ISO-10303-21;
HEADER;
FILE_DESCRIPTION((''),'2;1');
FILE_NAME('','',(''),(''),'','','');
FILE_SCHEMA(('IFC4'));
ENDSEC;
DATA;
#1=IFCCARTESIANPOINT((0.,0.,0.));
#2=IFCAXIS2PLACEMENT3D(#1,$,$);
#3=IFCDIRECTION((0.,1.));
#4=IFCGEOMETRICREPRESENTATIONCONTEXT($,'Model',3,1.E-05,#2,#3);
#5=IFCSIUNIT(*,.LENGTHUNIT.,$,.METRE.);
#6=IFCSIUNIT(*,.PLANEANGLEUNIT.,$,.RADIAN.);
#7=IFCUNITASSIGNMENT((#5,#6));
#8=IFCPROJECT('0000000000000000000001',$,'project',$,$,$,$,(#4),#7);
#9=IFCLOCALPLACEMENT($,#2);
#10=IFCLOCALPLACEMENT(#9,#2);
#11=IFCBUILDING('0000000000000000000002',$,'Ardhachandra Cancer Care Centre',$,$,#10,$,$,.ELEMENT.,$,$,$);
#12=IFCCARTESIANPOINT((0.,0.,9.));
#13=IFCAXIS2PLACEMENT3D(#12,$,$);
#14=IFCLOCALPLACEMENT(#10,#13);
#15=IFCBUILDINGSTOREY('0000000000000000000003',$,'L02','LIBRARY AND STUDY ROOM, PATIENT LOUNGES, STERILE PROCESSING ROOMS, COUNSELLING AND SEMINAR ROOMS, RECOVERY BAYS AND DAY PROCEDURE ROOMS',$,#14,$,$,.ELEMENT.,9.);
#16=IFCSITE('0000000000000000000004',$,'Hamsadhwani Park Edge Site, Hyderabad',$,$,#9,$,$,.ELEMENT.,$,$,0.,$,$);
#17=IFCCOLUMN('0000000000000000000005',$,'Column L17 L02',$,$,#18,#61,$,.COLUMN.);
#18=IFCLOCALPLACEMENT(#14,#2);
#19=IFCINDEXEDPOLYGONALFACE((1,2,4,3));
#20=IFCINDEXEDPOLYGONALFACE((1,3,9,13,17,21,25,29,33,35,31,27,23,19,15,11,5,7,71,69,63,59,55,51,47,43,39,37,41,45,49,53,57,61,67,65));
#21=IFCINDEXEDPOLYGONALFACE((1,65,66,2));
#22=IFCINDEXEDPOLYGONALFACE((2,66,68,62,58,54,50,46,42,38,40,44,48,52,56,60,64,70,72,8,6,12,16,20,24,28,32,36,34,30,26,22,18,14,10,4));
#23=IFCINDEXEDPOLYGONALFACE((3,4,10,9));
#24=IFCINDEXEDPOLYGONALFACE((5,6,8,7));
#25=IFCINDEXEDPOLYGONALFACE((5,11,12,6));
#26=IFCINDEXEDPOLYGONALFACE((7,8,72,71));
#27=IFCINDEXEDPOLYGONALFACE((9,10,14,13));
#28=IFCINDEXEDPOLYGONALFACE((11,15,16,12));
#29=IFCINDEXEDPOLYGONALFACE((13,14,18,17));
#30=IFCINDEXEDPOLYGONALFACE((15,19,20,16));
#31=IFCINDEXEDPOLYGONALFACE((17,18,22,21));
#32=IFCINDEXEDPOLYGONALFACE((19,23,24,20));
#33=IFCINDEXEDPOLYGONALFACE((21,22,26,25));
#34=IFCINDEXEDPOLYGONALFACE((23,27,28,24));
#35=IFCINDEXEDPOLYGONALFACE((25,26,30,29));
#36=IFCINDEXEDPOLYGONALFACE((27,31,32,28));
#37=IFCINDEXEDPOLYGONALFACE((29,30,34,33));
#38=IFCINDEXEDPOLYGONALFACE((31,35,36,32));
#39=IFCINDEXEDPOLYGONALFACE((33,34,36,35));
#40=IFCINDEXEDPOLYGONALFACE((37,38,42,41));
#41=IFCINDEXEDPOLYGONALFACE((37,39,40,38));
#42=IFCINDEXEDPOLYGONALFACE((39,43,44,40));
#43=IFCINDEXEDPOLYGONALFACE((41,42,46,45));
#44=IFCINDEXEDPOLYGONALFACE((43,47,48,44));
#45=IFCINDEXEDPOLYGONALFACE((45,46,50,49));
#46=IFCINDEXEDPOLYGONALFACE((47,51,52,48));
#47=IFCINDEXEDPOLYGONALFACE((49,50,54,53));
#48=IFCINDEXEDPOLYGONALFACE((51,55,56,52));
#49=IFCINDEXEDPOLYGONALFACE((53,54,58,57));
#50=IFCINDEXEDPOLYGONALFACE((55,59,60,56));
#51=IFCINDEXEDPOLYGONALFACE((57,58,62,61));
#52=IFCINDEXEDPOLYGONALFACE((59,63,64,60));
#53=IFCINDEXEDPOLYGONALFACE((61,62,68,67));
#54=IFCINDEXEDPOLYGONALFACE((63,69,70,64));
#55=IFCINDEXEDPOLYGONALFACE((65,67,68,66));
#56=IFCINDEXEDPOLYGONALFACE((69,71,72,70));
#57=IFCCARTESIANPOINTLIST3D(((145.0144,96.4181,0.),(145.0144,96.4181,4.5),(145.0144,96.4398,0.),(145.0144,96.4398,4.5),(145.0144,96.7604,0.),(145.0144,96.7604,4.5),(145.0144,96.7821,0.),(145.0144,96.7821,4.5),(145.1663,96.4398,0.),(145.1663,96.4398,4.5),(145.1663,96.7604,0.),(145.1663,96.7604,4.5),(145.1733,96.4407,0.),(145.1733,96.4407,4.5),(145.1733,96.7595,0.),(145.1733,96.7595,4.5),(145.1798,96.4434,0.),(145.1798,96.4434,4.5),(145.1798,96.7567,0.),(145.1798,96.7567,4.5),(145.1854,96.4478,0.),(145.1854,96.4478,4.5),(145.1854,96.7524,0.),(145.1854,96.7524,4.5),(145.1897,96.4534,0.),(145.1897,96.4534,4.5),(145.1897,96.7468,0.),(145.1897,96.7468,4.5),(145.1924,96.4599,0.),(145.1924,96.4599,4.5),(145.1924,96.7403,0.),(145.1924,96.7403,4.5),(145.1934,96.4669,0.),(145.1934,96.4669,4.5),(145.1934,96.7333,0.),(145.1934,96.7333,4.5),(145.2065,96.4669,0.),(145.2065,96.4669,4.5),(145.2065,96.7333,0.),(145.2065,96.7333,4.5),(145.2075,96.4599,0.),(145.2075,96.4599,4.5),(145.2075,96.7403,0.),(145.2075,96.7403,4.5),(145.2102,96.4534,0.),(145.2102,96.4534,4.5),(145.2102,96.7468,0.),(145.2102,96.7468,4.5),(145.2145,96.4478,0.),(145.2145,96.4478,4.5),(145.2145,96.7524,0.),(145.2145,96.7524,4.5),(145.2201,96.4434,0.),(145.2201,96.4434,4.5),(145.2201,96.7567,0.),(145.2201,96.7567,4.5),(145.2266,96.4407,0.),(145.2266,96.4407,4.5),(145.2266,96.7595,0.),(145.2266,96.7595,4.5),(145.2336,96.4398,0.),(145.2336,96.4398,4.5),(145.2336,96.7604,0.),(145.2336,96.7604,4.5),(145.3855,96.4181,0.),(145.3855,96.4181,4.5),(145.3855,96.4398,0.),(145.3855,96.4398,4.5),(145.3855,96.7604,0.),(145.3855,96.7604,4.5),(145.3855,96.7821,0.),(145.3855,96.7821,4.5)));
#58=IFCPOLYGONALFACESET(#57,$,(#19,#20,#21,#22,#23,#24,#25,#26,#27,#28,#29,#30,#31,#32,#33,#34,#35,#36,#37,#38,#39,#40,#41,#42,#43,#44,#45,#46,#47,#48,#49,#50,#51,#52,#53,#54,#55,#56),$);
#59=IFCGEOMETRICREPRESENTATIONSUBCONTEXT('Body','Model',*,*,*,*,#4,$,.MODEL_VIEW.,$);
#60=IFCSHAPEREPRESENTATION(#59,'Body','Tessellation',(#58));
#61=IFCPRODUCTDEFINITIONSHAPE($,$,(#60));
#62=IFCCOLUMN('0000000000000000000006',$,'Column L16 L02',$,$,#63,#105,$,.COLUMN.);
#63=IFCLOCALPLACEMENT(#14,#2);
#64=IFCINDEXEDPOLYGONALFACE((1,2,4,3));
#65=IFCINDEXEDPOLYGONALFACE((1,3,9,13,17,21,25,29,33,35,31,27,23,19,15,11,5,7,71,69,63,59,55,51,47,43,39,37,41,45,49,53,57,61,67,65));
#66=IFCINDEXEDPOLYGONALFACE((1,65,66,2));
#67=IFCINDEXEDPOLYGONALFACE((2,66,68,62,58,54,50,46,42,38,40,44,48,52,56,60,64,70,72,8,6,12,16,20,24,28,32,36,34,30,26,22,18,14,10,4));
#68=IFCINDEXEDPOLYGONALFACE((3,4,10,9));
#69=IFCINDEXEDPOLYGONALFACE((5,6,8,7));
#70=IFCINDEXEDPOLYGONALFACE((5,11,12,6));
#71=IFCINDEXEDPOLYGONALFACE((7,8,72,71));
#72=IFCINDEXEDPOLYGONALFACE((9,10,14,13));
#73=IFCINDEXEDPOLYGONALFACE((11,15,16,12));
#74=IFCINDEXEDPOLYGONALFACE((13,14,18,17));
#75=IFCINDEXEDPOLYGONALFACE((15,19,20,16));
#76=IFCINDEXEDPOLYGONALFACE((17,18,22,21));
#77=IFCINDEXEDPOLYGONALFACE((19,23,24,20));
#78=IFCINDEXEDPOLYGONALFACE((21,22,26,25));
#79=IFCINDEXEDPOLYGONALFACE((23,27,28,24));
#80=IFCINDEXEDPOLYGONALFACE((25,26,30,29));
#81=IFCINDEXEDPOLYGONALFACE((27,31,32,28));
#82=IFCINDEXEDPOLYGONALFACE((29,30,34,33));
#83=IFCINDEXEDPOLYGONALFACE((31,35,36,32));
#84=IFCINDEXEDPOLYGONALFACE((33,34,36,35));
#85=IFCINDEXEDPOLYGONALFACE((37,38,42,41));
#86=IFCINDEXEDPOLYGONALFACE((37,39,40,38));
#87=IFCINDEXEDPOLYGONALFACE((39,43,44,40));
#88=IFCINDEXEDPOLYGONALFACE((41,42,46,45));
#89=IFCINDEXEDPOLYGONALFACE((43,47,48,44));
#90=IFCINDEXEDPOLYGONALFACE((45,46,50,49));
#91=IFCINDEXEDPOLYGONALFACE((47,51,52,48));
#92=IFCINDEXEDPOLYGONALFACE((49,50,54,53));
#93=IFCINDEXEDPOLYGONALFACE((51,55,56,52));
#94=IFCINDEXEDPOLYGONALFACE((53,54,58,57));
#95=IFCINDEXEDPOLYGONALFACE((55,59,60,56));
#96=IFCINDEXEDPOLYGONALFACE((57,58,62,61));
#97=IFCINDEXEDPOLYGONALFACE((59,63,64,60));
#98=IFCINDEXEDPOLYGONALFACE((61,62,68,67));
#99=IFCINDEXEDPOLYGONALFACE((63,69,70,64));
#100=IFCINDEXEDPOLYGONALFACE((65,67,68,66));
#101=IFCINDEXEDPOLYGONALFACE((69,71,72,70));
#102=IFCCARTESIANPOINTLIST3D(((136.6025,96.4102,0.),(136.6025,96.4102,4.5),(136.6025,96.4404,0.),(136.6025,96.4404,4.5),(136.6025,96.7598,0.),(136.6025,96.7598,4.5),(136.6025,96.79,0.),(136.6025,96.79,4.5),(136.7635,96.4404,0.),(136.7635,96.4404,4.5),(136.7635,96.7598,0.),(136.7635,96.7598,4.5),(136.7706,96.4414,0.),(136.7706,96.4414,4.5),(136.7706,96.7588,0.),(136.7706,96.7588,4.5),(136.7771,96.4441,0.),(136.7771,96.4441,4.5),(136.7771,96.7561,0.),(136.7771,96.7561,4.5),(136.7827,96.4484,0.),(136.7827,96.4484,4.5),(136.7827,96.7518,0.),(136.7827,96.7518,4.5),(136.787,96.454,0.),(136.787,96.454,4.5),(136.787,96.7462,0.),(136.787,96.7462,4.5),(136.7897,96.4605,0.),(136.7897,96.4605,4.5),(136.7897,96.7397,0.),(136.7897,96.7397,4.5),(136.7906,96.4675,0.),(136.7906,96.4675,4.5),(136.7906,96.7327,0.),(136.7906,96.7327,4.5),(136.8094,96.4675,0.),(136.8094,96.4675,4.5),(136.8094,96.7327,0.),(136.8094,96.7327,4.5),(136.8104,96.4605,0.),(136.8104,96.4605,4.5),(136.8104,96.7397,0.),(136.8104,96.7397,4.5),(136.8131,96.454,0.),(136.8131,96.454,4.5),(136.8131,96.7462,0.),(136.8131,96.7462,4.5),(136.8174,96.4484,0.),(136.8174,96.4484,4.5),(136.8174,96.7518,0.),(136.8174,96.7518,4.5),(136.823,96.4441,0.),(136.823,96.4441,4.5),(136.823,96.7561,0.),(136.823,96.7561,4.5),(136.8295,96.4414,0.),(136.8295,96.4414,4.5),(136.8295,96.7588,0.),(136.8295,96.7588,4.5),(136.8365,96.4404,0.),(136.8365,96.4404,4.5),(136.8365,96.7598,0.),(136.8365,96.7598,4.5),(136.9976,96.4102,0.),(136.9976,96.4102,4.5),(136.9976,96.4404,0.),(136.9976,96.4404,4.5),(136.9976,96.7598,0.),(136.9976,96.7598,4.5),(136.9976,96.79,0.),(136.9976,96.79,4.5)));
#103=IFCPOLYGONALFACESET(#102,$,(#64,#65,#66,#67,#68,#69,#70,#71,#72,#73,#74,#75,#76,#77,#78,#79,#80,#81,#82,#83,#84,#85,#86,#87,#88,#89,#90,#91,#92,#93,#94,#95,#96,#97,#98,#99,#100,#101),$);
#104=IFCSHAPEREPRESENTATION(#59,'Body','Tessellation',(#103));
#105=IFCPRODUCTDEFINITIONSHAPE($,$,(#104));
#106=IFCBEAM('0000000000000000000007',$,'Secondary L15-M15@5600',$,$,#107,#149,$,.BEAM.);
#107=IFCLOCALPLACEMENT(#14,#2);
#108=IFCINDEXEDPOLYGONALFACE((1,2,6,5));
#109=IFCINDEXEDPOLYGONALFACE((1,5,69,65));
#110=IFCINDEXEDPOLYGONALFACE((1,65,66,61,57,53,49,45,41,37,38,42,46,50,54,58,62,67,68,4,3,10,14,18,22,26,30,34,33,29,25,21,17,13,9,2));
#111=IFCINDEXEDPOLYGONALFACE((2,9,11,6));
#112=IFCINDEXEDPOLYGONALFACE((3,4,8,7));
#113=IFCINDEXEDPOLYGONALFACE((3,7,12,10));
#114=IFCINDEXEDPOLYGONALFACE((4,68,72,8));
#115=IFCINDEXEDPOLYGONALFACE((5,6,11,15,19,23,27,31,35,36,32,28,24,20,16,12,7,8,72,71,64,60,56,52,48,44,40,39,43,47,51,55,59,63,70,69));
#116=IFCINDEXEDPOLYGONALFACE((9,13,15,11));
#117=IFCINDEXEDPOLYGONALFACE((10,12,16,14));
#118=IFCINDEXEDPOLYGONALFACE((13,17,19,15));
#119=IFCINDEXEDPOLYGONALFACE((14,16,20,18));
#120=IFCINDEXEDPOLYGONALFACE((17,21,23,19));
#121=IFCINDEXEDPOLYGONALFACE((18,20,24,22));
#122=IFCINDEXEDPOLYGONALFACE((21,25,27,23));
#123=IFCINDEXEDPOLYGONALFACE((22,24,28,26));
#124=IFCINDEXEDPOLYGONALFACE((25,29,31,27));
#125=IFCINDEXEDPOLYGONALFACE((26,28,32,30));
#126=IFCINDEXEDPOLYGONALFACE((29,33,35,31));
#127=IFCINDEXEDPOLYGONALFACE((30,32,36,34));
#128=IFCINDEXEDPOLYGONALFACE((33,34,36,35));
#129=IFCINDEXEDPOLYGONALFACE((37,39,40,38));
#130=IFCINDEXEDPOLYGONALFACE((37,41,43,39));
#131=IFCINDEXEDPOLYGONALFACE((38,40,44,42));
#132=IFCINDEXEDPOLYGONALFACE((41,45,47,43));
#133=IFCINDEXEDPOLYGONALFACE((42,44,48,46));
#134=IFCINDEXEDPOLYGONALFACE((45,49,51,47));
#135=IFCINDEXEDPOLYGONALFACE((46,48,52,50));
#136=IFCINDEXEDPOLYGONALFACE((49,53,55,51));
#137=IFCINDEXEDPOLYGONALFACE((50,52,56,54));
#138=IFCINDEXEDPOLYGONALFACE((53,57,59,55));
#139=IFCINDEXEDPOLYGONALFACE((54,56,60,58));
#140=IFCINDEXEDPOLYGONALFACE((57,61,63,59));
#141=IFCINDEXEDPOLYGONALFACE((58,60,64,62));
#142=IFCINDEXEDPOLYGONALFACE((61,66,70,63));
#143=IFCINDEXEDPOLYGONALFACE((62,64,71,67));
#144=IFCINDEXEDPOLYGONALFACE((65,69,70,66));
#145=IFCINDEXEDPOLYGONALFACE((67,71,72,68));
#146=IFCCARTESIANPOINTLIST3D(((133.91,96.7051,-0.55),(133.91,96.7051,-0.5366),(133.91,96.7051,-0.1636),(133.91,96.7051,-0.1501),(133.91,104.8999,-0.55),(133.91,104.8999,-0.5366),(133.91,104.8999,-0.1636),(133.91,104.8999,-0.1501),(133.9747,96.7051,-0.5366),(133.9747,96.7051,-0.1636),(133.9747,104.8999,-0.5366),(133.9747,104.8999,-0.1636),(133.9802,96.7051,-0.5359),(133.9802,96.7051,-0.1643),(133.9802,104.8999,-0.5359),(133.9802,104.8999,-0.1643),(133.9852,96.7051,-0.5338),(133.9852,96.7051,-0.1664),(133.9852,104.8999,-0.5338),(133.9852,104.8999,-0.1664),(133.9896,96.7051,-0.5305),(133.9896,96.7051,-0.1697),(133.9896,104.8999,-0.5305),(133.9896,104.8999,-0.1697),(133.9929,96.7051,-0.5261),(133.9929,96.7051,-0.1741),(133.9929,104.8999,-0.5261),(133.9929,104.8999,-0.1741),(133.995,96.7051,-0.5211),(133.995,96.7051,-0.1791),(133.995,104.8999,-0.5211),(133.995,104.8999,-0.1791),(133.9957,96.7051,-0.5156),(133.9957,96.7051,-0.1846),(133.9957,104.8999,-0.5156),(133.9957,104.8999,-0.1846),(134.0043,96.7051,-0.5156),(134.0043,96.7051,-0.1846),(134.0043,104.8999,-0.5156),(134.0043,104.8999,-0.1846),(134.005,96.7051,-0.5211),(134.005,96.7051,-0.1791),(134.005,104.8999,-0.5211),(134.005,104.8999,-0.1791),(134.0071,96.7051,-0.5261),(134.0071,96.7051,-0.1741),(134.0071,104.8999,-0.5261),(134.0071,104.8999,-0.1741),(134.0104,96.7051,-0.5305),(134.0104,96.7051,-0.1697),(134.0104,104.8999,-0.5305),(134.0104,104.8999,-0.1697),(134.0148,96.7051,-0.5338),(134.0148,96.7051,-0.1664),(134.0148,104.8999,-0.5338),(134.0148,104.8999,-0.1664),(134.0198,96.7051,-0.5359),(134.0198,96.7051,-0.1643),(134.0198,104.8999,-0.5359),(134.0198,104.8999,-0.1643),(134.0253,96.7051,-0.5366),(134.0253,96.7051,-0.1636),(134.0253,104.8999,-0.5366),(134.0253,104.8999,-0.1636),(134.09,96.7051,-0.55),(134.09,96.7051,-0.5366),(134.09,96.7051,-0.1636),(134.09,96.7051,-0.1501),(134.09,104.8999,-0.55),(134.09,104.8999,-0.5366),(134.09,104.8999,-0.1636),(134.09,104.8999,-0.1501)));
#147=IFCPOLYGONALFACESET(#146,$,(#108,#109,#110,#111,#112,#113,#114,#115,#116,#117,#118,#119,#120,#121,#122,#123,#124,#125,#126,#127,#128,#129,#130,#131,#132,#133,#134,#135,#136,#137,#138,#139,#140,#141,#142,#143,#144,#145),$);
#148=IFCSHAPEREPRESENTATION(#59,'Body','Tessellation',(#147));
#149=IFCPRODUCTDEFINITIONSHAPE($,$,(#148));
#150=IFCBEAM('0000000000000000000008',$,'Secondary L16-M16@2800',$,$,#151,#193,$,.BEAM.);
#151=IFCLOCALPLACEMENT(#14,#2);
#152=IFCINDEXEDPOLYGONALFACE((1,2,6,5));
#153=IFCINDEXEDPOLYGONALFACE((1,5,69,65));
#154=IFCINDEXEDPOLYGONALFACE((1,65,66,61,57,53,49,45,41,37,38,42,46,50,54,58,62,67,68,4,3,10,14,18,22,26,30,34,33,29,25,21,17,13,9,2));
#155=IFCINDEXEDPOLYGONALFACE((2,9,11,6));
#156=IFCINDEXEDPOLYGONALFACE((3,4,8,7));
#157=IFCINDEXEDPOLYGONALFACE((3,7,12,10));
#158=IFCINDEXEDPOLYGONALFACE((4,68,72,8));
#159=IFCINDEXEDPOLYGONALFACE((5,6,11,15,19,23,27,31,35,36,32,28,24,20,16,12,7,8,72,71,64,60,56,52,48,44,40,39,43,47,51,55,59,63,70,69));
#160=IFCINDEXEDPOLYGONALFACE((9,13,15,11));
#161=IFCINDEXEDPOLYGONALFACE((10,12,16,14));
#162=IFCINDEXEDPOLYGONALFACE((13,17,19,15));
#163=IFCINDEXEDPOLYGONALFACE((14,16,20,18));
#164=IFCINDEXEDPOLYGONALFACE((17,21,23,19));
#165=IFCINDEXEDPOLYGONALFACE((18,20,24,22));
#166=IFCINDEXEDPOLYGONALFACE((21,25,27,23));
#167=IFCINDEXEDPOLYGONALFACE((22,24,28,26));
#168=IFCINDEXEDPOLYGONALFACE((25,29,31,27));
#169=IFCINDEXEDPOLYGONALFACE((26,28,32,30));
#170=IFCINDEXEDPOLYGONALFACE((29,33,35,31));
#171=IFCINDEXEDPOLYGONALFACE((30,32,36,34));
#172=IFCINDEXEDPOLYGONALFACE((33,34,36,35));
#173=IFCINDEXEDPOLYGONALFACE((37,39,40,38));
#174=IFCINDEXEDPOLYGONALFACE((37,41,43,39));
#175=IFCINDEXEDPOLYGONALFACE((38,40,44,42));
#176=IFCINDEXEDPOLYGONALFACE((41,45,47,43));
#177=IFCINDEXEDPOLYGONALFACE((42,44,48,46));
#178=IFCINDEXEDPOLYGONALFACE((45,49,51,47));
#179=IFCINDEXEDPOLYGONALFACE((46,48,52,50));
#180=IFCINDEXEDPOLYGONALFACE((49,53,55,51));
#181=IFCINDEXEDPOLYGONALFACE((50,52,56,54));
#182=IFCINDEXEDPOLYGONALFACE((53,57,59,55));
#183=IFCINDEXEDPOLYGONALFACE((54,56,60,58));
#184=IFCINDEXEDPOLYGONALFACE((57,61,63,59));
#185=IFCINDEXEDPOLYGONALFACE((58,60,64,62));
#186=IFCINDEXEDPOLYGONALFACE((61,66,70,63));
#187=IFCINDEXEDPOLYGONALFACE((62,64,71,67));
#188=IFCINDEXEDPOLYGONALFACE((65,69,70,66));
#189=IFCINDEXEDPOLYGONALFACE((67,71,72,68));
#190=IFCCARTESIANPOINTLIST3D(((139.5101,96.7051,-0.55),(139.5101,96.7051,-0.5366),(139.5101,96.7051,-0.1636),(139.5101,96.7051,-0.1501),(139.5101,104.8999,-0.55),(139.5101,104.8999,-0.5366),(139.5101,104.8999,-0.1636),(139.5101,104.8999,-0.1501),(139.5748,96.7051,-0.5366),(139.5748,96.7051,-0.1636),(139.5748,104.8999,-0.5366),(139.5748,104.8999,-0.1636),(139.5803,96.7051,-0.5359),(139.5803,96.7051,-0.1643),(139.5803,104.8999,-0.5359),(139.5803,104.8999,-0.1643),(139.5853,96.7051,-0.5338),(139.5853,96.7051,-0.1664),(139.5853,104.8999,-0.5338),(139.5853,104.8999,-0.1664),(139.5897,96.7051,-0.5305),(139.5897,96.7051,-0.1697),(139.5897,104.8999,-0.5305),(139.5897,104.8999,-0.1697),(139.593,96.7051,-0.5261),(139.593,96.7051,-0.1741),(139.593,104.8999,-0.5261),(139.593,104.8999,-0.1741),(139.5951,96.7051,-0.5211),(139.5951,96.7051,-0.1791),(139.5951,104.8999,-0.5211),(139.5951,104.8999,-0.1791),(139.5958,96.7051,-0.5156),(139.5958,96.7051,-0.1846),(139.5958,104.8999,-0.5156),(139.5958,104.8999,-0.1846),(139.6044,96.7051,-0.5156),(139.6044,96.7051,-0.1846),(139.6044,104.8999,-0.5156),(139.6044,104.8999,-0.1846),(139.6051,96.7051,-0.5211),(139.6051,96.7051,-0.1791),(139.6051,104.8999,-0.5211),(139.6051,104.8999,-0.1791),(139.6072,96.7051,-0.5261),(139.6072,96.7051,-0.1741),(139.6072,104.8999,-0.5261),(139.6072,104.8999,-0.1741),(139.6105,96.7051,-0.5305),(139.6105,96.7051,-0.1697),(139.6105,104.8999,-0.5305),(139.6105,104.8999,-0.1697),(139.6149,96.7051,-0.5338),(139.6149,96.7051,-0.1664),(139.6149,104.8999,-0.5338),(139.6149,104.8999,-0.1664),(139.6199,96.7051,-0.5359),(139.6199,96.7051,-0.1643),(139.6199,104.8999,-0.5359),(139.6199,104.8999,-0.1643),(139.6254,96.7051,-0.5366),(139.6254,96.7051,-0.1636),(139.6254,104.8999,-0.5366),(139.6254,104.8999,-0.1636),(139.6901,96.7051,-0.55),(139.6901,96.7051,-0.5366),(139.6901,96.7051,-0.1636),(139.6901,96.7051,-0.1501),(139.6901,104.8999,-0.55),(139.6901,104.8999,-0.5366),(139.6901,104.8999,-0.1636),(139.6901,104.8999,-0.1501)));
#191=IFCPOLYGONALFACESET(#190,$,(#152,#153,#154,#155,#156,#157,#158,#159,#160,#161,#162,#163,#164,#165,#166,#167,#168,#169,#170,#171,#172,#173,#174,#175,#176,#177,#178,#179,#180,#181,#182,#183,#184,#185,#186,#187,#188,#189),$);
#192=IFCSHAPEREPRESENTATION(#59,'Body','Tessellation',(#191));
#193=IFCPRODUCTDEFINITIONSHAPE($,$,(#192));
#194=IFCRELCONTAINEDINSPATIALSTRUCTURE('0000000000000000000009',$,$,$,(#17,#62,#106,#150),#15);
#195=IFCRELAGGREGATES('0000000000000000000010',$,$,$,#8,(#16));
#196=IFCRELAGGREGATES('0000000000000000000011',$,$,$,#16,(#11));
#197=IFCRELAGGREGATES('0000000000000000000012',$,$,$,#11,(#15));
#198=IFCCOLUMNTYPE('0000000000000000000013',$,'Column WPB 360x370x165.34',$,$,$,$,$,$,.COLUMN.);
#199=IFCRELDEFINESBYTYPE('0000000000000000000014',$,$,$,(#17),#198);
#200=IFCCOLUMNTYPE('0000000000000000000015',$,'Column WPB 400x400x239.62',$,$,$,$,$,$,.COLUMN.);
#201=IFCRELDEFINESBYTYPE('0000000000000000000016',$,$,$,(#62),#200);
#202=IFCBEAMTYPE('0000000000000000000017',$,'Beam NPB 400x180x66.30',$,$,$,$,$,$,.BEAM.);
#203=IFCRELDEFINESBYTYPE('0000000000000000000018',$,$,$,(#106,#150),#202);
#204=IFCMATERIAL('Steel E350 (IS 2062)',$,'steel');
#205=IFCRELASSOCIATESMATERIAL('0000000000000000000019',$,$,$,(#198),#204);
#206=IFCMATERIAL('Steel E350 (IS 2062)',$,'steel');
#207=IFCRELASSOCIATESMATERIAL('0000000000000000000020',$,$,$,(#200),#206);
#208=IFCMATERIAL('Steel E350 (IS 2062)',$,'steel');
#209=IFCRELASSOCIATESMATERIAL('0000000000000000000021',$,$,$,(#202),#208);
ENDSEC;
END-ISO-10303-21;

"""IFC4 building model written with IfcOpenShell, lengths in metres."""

from ifc_helpers import new_model, si_unit, direction, frame, origin, origin_2d, place, context, subcontext, project, spatial, i_section, extrude, material, material_profile, profile_set, type_object, element, save


model = new_model("IFC4")

# Units and contexts
model_context = context("Model", 3, precision=1e-05, world=origin(), true_north=direction((0.0, 1.0)))
body_context = subcontext(model_context, "Body", "Model", "MODEL_VIEW")
ifc_project = project(units=[si_unit("LENGTHUNIT", "METRE"), si_unit("PLANEANGLEUNIT", "RADIAN")], contexts=[model_context])

# Site, building, storey
site_placement = place(None, origin())
site = spatial("IfcSite", under=ifc_project, at=site_placement, Name="Hamsadhwani Park Edge Site, Hyderabad", CompositionType="ELEMENT", RefElevation=0.0)
building_placement = place(site_placement, origin())
building = spatial("IfcBuilding", under=site, at=building_placement, Name="Ardhachandra Cancer Care Centre", CompositionType="ELEMENT")
storey_placement = place(building_placement, frame((0.0, 0.0, 9.0)))
storey = spatial("IfcBuildingStorey", under=building, at=storey_placement, Name="L02", Description="LIBRARY AND STUDY ROOM, PATIENT LOUNGES, STERILE PROCESSING ROOMS, COUNSELLING AND SEMINAR ROOMS, RECOVERY BAYS AND DAY PROCEDURE ROOMS", CompositionType="ELEMENT", Elevation=9.0)

# Columns
ifc_material_1 = material(Name="Steel E350 (IS 2062)", Category="steel")
ifc_material_profile_1 = material_profile(ifc_material_1, i_section(OverallWidth=0.3711, OverallDepth=0.364, WebThickness=0.0132, FlangeThickness=0.0217, FilletRadius=0.0271, at=origin_2d()), Name="WPB 360x370x165.34")
ifc_profile_set_1 = profile_set([ifc_material_profile_1], Name="Steel E350 (IS 2062)")
column_type_1 = type_object("IfcColumnType", Name="Column WPB 360x370x165.34", PredefinedType="COLUMN", material=ifc_profile_set_1)
column_1_placement = place(storey_placement, frame((145.2, 96.6001, 0.0), z_axis=(0.0, 0.0, 1.0), x_axis=(1.0, 0.0, 0.0)))
element("IfcColumn", 1, at=column_1_placement, inside=storey, type_object=column_type_1, Name="Column L17 L02", PredefinedType="COLUMN", context=body_context, shape_type="SweptSolid", body=[
    extrude(i_section(OverallWidth=0.3711, OverallDepth=0.364, WebThickness=0.0132, FlangeThickness=0.0217, FilletRadius=0.0271, at=origin_2d()), origin(), (0.0, 0.0, 1.0), 4.5),
])
ifc_material_2 = material(Name="Steel E350 (IS 2062)", Category="steel")
ifc_material_profile_2 = material_profile(ifc_material_2, i_section(OverallWidth=0.395, OverallDepth=0.3799, WebThickness=0.0188, FlangeThickness=0.0303, FilletRadius=0.0271, at=origin_2d()), Name="WPB 400x400x239.62")
ifc_profile_set_2 = profile_set([ifc_material_profile_2], Name="Steel E350 (IS 2062)")
column_type_2 = type_object("IfcColumnType", Name="Column WPB 400x400x239.62", PredefinedType="COLUMN", material=ifc_profile_set_2)
column_2_placement = place(storey_placement, frame((136.8, 96.6001, 0.0), z_axis=(0.0, 0.0, 1.0), x_axis=(1.0, 0.0, 0.0)))
element("IfcColumn", 2, at=column_2_placement, inside=storey, type_object=column_type_2, Name="Column L16 L02", PredefinedType="COLUMN", context=body_context, shape_type="SweptSolid", body=[
    extrude(i_section(OverallWidth=0.395, OverallDepth=0.3799, WebThickness=0.0188, FlangeThickness=0.0303, FilletRadius=0.0271, at=origin_2d()), origin(), (0.0, 0.0, 1.0), 4.5),
])

# Beams
ifc_material_3 = material(Name="Steel E350 (IS 2062)", Category="steel")
ifc_material_profile_3 = material_profile(ifc_material_3, i_section(OverallWidth=0.1799, OverallDepth=0.3999, WebThickness=0.0085, FlangeThickness=0.0134, FilletRadius=0.021, at=origin_2d()), Name="NPB 400x180x66.30")
ifc_profile_set_3 = profile_set([ifc_material_profile_3], Name="Steel E350 (IS 2062)")
beam_type_1 = type_object("IfcBeamType", Name="Beam NPB 400x180x66.30", PredefinedType="BEAM", material=ifc_profile_set_3)
for number, where, z_axis, x_axis, name in (
    (3, (134.0, 96.7051, -0.3501), (0.0, 1.0, 0.0), (-1.0, 0.0, 0.0), "Secondary L15-M15@5600"),
    (4, (139.6001, 96.7051, -0.3501), (0.0, 1.0, 0.0), (-1.0, 0.0, 0.0), "Secondary L16-M16@2800"),
):
    element("IfcBeam", number, at=place(storey_placement, frame(where, z_axis=z_axis, x_axis=x_axis)), inside=storey, type_object=beam_type_1, Name=name, PredefinedType="BEAM", context=body_context, shape_type="SweptSolid", body=[
        extrude(i_section(OverallWidth=0.1799, OverallDepth=0.3999, WebThickness=0.0085, FlangeThickness=0.0134, FilletRadius=0.021, at=origin_2d()), origin(), (0.0, 0.0, 1.0), 8.1948),
    ])

save(model, "model.ifc")
